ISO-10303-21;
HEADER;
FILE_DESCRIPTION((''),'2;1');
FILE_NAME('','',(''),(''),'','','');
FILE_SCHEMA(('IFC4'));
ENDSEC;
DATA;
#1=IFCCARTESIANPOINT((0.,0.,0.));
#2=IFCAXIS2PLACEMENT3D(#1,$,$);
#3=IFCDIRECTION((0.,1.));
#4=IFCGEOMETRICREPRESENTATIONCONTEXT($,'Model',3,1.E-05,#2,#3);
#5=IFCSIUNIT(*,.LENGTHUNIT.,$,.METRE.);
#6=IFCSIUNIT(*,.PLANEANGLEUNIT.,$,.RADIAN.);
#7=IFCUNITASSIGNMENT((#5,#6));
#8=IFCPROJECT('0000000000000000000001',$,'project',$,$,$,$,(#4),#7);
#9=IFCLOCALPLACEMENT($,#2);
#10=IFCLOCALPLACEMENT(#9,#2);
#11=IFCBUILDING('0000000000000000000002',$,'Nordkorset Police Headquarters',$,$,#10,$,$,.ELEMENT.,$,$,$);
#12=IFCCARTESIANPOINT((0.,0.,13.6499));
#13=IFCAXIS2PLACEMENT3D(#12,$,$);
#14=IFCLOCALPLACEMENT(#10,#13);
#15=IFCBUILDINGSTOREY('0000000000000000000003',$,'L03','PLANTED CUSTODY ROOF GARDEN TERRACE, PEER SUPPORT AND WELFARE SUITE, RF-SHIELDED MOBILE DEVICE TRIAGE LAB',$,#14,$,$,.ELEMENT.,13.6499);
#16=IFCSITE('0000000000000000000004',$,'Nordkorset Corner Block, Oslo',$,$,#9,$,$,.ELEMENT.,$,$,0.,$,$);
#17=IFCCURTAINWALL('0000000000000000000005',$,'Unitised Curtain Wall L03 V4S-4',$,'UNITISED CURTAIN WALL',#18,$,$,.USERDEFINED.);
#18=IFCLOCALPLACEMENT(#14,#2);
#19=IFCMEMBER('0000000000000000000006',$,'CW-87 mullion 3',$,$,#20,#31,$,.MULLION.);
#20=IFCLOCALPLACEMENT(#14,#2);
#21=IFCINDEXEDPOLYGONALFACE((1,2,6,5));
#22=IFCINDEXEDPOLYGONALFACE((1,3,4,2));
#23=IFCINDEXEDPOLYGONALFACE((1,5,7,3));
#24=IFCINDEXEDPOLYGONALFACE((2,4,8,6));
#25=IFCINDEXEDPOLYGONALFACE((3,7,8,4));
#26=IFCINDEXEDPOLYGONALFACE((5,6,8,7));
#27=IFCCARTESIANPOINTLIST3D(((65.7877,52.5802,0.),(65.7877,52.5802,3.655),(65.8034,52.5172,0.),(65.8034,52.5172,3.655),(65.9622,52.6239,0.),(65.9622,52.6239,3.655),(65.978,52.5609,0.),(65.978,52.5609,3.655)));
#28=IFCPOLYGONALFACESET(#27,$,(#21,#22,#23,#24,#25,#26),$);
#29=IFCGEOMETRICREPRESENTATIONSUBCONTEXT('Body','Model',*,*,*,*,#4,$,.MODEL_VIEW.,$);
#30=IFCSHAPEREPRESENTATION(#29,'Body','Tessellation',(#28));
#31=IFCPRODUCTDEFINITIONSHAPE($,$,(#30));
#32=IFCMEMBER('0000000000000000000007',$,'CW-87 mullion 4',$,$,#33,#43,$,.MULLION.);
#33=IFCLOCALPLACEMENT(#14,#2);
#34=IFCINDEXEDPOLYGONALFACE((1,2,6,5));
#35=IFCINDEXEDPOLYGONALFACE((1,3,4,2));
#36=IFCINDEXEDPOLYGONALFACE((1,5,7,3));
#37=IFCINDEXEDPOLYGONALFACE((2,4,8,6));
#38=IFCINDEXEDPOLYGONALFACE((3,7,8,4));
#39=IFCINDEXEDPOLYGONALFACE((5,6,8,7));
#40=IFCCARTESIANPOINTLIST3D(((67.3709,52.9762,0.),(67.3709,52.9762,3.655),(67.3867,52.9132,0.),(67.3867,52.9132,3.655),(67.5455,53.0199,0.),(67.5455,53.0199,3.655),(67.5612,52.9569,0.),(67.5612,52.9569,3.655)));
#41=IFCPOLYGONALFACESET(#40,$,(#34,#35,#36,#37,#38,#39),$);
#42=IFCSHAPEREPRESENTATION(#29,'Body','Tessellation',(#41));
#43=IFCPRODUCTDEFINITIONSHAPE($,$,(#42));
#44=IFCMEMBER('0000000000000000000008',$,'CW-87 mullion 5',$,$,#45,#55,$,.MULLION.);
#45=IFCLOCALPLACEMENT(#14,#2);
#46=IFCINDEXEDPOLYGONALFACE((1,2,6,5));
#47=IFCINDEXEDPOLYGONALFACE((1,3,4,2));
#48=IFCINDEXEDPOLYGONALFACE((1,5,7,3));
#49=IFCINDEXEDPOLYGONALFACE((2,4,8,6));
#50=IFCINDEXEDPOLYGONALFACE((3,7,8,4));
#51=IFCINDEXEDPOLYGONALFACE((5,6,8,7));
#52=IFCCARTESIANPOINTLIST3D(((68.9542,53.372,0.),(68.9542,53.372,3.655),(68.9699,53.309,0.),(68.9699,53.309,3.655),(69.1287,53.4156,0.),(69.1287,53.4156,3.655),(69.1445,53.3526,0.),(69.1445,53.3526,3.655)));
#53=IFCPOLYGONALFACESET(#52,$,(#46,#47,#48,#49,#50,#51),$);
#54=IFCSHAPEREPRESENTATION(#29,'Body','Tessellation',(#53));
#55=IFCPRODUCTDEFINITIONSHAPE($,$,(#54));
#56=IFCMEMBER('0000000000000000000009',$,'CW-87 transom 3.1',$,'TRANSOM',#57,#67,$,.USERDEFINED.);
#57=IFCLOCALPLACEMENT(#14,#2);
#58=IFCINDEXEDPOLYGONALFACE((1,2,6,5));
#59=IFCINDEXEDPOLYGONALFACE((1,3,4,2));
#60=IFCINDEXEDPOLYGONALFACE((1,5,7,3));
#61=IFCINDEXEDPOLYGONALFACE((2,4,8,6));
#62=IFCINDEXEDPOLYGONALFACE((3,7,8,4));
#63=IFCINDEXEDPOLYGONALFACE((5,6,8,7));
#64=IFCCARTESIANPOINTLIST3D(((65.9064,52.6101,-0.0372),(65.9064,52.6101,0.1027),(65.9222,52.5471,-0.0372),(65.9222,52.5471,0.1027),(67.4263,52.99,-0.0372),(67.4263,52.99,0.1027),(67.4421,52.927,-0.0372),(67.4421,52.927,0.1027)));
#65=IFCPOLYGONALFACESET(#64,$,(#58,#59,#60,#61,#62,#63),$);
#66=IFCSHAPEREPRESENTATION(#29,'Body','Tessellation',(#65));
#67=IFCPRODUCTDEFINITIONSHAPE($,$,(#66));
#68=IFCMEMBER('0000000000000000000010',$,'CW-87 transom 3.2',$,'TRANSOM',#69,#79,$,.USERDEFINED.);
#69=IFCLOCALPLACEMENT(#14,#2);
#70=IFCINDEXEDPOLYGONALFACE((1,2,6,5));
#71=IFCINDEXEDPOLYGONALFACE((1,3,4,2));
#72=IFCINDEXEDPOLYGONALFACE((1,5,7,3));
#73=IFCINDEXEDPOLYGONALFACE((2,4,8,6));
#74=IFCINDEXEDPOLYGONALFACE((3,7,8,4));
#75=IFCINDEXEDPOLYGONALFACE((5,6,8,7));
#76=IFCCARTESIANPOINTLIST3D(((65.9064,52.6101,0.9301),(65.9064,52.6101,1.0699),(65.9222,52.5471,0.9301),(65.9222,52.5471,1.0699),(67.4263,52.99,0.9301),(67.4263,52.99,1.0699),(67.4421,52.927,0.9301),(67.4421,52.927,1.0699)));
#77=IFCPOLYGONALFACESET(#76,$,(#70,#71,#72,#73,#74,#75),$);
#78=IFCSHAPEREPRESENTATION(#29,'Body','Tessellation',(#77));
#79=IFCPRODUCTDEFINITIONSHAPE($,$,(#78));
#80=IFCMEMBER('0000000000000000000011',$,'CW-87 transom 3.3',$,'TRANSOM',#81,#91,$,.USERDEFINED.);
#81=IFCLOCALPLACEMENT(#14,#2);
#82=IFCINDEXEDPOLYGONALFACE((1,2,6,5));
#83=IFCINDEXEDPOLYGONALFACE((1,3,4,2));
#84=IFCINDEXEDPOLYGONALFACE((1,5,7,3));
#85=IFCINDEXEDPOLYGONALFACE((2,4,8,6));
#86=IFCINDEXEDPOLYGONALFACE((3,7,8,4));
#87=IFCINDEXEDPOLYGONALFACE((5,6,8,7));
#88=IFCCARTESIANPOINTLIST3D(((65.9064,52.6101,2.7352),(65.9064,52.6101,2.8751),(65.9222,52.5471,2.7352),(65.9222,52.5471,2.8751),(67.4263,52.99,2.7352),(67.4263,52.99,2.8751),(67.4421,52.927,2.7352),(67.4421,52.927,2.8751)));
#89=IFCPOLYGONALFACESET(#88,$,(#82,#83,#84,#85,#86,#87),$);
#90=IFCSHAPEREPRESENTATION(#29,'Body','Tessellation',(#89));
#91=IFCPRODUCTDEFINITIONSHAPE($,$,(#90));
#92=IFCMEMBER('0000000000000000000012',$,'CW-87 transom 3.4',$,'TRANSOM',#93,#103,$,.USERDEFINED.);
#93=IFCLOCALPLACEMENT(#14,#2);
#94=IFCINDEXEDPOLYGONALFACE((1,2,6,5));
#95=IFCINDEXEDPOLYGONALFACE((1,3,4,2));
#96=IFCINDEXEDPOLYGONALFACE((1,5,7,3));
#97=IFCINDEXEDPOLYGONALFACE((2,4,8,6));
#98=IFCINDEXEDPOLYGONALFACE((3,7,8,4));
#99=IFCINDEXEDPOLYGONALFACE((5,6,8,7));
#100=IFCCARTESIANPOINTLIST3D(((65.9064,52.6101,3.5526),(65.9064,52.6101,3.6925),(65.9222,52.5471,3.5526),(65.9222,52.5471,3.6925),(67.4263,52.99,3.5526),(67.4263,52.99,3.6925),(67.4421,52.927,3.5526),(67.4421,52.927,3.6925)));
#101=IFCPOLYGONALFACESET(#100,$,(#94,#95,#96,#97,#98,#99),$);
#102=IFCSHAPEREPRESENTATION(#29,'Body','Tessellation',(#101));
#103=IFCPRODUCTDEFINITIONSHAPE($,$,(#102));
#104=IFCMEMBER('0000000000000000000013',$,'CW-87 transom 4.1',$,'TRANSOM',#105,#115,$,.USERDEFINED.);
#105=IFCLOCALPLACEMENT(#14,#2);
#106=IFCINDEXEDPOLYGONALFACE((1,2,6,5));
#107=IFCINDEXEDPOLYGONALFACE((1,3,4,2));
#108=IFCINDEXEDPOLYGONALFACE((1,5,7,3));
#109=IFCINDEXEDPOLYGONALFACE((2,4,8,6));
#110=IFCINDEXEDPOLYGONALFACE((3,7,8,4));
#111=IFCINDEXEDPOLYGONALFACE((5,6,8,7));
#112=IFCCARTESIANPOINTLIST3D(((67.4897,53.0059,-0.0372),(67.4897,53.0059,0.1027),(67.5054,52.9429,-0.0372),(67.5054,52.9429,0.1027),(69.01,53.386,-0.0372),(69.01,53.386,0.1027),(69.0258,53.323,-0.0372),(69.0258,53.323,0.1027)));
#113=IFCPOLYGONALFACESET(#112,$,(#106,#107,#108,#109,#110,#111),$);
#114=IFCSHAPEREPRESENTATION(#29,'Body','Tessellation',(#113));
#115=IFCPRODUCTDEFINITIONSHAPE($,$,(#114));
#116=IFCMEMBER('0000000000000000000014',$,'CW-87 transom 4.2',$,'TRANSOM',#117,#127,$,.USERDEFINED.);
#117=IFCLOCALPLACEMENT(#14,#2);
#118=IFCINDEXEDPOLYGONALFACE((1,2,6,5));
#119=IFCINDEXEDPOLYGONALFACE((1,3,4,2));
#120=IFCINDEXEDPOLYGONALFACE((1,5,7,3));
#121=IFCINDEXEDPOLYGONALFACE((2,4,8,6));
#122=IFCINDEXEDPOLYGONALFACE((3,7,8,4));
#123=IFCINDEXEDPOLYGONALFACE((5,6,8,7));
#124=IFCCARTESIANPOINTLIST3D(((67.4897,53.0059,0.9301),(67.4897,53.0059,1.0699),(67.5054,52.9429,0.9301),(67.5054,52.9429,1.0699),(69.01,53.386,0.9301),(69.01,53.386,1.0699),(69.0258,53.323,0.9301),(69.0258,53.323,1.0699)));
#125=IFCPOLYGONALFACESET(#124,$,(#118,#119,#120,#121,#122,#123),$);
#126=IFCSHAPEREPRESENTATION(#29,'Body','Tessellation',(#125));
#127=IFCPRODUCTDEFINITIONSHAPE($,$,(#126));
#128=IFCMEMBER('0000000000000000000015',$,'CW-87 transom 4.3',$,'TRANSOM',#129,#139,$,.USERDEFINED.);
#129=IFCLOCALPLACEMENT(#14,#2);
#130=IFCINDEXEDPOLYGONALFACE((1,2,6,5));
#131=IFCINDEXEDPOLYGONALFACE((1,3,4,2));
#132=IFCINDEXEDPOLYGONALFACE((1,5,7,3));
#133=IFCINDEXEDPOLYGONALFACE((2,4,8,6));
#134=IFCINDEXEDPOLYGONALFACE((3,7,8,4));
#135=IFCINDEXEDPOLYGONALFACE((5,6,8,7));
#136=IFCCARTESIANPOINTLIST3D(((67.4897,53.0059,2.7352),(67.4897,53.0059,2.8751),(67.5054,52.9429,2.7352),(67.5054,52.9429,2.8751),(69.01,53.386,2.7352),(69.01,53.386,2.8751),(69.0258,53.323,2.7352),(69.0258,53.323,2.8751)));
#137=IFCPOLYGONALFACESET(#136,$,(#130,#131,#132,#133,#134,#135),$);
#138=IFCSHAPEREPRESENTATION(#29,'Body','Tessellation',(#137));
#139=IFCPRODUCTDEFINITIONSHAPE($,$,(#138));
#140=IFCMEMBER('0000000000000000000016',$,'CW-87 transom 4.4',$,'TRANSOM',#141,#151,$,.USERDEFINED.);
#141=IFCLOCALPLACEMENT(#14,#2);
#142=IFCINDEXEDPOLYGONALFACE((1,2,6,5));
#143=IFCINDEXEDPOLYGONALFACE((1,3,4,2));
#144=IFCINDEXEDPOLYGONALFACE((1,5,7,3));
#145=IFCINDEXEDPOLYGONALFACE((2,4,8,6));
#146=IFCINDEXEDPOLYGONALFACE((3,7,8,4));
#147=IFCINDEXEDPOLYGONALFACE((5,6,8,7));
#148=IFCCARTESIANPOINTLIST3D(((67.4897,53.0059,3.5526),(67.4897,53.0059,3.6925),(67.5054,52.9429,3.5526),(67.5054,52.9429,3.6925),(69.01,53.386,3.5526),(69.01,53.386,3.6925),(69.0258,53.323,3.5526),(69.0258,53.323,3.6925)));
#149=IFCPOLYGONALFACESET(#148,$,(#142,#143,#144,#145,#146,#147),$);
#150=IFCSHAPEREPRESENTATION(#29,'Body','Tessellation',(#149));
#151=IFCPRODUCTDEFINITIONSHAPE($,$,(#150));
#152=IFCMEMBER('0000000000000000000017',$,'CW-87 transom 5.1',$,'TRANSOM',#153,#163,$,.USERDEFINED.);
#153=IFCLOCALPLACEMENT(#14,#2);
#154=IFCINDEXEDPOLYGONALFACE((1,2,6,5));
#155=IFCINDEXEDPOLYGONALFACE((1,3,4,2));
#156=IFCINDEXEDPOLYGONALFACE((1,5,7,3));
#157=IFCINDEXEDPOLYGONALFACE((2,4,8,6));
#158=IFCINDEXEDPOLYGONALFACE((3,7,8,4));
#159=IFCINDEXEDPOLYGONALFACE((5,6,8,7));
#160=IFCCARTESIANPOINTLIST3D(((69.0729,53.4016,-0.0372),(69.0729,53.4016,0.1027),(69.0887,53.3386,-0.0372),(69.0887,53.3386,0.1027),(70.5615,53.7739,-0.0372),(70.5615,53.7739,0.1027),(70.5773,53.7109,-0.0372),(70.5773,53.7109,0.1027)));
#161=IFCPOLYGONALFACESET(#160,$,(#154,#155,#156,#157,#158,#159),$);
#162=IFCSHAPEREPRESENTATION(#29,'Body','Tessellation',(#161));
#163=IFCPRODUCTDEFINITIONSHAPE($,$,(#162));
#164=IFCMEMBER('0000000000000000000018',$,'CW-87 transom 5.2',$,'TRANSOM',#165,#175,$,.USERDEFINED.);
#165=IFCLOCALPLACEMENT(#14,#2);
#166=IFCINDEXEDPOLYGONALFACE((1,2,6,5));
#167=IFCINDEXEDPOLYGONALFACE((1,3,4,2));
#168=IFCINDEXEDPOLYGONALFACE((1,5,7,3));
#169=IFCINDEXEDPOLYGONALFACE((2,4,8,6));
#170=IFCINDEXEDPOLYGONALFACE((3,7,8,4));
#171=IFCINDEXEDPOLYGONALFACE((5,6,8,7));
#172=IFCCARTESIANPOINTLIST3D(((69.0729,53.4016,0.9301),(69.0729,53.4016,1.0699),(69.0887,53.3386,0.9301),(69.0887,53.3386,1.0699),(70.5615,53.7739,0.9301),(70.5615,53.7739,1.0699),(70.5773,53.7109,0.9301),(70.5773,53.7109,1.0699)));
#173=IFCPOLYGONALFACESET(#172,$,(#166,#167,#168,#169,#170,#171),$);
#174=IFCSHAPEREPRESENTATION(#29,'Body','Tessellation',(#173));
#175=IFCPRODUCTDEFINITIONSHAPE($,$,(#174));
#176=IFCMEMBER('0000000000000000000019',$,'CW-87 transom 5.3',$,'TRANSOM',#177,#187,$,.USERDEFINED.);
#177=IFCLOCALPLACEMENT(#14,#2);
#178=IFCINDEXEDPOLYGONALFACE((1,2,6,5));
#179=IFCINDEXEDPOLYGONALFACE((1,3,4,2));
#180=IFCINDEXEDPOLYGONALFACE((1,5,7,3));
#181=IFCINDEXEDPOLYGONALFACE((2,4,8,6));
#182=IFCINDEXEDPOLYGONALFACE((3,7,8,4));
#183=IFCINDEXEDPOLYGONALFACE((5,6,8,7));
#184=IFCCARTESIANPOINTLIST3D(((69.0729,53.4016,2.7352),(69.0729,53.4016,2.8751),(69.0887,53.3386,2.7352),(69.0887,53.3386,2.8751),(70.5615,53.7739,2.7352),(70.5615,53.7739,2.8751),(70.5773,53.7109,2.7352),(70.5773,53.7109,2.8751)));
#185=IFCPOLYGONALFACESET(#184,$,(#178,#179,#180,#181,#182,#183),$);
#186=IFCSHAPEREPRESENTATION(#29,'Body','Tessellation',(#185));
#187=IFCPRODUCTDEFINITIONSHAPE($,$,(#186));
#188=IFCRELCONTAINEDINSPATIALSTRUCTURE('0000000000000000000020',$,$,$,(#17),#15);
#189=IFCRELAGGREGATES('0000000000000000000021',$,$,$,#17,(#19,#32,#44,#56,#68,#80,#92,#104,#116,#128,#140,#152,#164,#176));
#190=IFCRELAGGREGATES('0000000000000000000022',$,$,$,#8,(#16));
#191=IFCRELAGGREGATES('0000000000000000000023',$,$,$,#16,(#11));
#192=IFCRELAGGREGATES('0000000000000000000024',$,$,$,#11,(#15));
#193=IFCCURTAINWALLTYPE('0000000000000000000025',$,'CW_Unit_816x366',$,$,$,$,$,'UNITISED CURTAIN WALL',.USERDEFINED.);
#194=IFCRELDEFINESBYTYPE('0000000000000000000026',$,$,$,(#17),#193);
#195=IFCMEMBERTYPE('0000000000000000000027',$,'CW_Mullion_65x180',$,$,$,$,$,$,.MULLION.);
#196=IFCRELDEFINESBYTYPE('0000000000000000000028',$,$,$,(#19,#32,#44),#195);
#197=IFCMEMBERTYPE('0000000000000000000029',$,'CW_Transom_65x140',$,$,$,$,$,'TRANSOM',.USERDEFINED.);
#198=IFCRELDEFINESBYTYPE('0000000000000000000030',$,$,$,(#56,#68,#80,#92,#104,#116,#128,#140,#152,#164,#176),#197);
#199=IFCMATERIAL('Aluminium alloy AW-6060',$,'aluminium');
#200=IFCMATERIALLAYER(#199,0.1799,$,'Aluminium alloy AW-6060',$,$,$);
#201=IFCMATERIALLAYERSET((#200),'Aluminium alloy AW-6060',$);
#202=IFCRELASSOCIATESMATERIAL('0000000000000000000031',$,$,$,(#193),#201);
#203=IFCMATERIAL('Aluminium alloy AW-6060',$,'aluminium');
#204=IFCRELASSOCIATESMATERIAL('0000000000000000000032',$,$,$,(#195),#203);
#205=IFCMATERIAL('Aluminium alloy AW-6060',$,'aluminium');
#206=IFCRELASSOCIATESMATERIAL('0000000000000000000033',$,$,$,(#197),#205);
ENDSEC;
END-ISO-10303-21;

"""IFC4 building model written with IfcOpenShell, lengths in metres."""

from ifc_helpers import new_model, si_unit, direction, frame, origin, origin_2d, place, context, subcontext, project, spatial, rectangle, extrude, material, layer, layer_set, material_profile, profile_set, type_object, element, aggregate, save


model = new_model("IFC4")

# Units and contexts
model_context = context("Model", 3, precision=1e-05, world=origin(), true_north=direction((0.0, 1.0)))
body_context = subcontext(model_context, "Body", "Model", "MODEL_VIEW")
ifc_project = project(units=[si_unit("LENGTHUNIT", "METRE"), si_unit("PLANEANGLEUNIT", "RADIAN")], contexts=[model_context])

# Site, building, storey
site_placement = place(None, origin())
site = spatial("IfcSite", under=ifc_project, at=site_placement, Name="Nordkorset Corner Block, Oslo", CompositionType="ELEMENT", RefElevation=0.0)
building_placement = place(site_placement, origin())
building = spatial("IfcBuilding", under=site, at=building_placement, Name="Nordkorset Police Headquarters", CompositionType="ELEMENT")
storey_placement = place(building_placement, frame((0.0, 0.0, 13.6499)))
storey = spatial("IfcBuildingStorey", under=building, at=storey_placement, Name="L03", Description="PLANTED CUSTODY ROOF GARDEN TERRACE, PEER SUPPORT AND WELFARE SUITE, RF-SHIELDED MOBILE DEVICE TRIAGE LAB", CompositionType="ELEMENT", Elevation=13.6499)

# Curtain wall, members
ifc_material_1 = material(Name="Aluminium alloy AW-6060", Category="aluminium")
ifc_layer_1 = layer(ifc_material_1, 0.1799, Name="Aluminium alloy AW-6060")
ifc_layer_set_1 = layer_set([ifc_layer_1], Name="Aluminium alloy AW-6060")
curtain_wall_type = type_object("IfcCurtainWallType", Name="CW_Unit_816x366", ElementType="UNITISED CURTAIN WALL", PredefinedType="USERDEFINED", material=ifc_layer_set_1)
curtain_wall_placement = place(storey_placement, origin())
curtain_wall = element("IfcCurtainWall", 1, at=curtain_wall_placement, inside=storey, type_object=curtain_wall_type, Name="Unitised Curtain Wall L03 V4S-4", ObjectType="UNITISED CURTAIN WALL", PredefinedType="USERDEFINED")
ifc_material_2 = material(Name="Aluminium alloy AW-6060", Category="aluminium")
ifc_material_profile_1 = material_profile(ifc_material_2, rectangle(XDim=0.0649, YDim=0.1799, at=origin_2d()), Name="ALU MULL 65x180")
ifc_profile_set_1 = profile_set([ifc_material_profile_1], Name="Aluminium alloy AW-6060")
member_type_1 = type_object("IfcMemberType", Name="CW_Mullion_65x180", PredefinedType="MULLION", material=ifc_profile_set_1)
member_1_placement = place(storey_placement, frame((65.8828, 52.5706, 0.0), z_axis=(0.0, 0.0, 1.0), x_axis=(-0.242536, 0.970143, 0.0)))
member_1 = element("IfcMember", 2, at=member_1_placement, type_object=member_type_1, Name="CW-87 mullion 3", PredefinedType="MULLION", context=body_context, shape_type="SweptSolid", body=[
    extrude(rectangle(XDim=0.0649, YDim=0.1799, at=origin_2d()), origin(), (0.0, 0.0, 1.0), 3.655),
])
member_2_placement = place(storey_placement, frame((67.4661, 52.9666, 0.0), z_axis=(0.0, 0.0, 1.0), x_axis=(-0.242536, 0.970143, 0.0)))
member_2 = element("IfcMember", 3, at=member_2_placement, type_object=member_type_1, Name="CW-87 mullion 4", PredefinedType="MULLION", context=body_context, shape_type="SweptSolid", body=[
    extrude(rectangle(XDim=0.0649, YDim=0.1799, at=origin_2d()), origin(), (0.0, 0.0, 1.0), 3.655),
])
member_3_placement = place(storey_placement, frame((69.0493, 53.3623, 0.0), z_axis=(0.0, 0.0, 1.0), x_axis=(-0.242536, 0.970143, 0.0)))
member_3 = element("IfcMember", 4, at=member_3_placement, type_object=member_type_1, Name="CW-87 mullion 5", PredefinedType="MULLION", context=body_context, shape_type="SweptSolid", body=[
    extrude(rectangle(XDim=0.0649, YDim=0.1799, at=origin_2d()), origin(), (0.0, 0.0, 1.0), 3.655),
])
ifc_material_3 = material(Name="Aluminium alloy AW-6060", Category="aluminium")
ifc_material_profile_2 = material_profile(ifc_material_3, rectangle(XDim=0.0649, YDim=0.1399, at=origin_2d()), Name="ALU TRAN 65x140")
ifc_profile_set_2 = profile_set([ifc_material_profile_2], Name="Aluminium alloy AW-6060")
member_type_2 = type_object("IfcMemberType", Name="CW_Transom_65x140", ElementType="TRANSOM", PredefinedType="USERDEFINED", material=ifc_profile_set_2)
member_4_placement = place(storey_placement, frame((65.9143, 52.5786, 0.0327), z_axis=(0.970161, 0.242462, 0.0), x_axis=(-0.242462, 0.970161, 0.0)))
member_4 = element("IfcMember", 5, at=member_4_placement, type_object=member_type_2, Name="CW-87 transom 3.1", ObjectType="TRANSOM", PredefinedType="USERDEFINED", context=body_context, shape_type="SweptSolid", body=[
    extrude(rectangle(XDim=0.0649, YDim=0.1399, at=origin_2d()), origin(), (0.0, 0.0, 1.0), 1.5667),
])
member_5_placement = place(storey_placement, frame((65.9143, 52.5786, 1.0), z_axis=(0.970161, 0.242462, 0.0), x_axis=(-0.242462, 0.970161, 0.0)))
member_5 = element("IfcMember", 6, at=member_5_placement, type_object=member_type_2, Name="CW-87 transom 3.2", ObjectType="TRANSOM", PredefinedType="USERDEFINED", context=body_context, shape_type="SweptSolid", body=[
    extrude(rectangle(XDim=0.0649, YDim=0.1399, at=origin_2d()), origin(), (0.0, 0.0, 1.0), 1.5667),
])
member_6_placement = place(storey_placement, frame((65.9143, 52.5786, 2.8052), z_axis=(0.970161, 0.242462, 0.0), x_axis=(-0.242462, 0.970161, 0.0)))
member_6 = element("IfcMember", 7, at=member_6_placement, type_object=member_type_2, Name="CW-87 transom 3.3", ObjectType="TRANSOM", PredefinedType="USERDEFINED", context=body_context, shape_type="SweptSolid", body=[
    extrude(rectangle(XDim=0.0649, YDim=0.1399, at=origin_2d()), origin(), (0.0, 0.0, 1.0), 1.5667),
])
member_7_placement = place(storey_placement, frame((65.9143, 52.5786, 3.6226), z_axis=(0.970161, 0.242462, 0.0), x_axis=(-0.242462, 0.970161, 0.0)))
member_7 = element("IfcMember", 8, at=member_7_placement, type_object=member_type_2, Name="CW-87 transom 3.4", ObjectType="TRANSOM", PredefinedType="USERDEFINED", context=body_context, shape_type="SweptSolid", body=[
    extrude(rectangle(XDim=0.0649, YDim=0.1399, at=origin_2d()), origin(), (0.0, 0.0, 1.0), 1.5667),
])
member_8_placement = place(storey_placement, frame((67.4976, 52.9744, 0.0327), z_axis=(0.970133, 0.242572, 0.0), x_axis=(-0.242572, 0.970133, 0.0)))
member_8 = element("IfcMember", 9, at=member_8_placement, type_object=member_type_2, Name="CW-87 transom 4.1", ObjectType="TRANSOM", PredefinedType="USERDEFINED", context=body_context, shape_type="SweptSolid", body=[
    extrude(rectangle(XDim=0.0649, YDim=0.1399, at=origin_2d()), origin(), (0.0, 0.0, 1.0), 1.5671),
])
member_9_placement = place(storey_placement, frame((67.4976, 52.9744, 1.0), z_axis=(0.970133, 0.242572, 0.0), x_axis=(-0.242572, 0.970133, 0.0)))
member_9 = element("IfcMember", 10, at=member_9_placement, type_object=member_type_2, Name="CW-87 transom 4.2", ObjectType="TRANSOM", PredefinedType="USERDEFINED", context=body_context, shape_type="SweptSolid", body=[
    extrude(rectangle(XDim=0.0649, YDim=0.1399, at=origin_2d()), origin(), (0.0, 0.0, 1.0), 1.5671),
])
member_10_placement = place(storey_placement, frame((67.4976, 52.9744, 2.8052), z_axis=(0.970133, 0.242572, 0.0), x_axis=(-0.242572, 0.970133, 0.0)))
member_10 = element("IfcMember", 11, at=member_10_placement, type_object=member_type_2, Name="CW-87 transom 4.3", ObjectType="TRANSOM", PredefinedType="USERDEFINED", context=body_context, shape_type="SweptSolid", body=[
    extrude(rectangle(XDim=0.0649, YDim=0.1399, at=origin_2d()), origin(), (0.0, 0.0, 1.0), 1.5671),
])
member_11_placement = place(storey_placement, frame((67.4976, 52.9744, 3.6226), z_axis=(0.970133, 0.242572, 0.0), x_axis=(-0.242572, 0.970133, 0.0)))
member_11 = element("IfcMember", 12, at=member_11_placement, type_object=member_type_2, Name="CW-87 transom 4.4", ObjectType="TRANSOM", PredefinedType="USERDEFINED", context=body_context, shape_type="SweptSolid", body=[
    extrude(rectangle(XDim=0.0649, YDim=0.1399, at=origin_2d()), origin(), (0.0, 0.0, 1.0), 1.5671),
])
member_12_placement = place(storey_placement, frame((69.0808, 53.3701, 0.0327), z_axis=(0.970114, 0.242648, 0.0), x_axis=(-0.242648, 0.970114, 0.0)))
member_12 = element("IfcMember", 13, at=member_12_placement, type_object=member_type_2, Name="CW-87 transom 5.1", ObjectType="TRANSOM", PredefinedType="USERDEFINED", context=body_context, shape_type="SweptSolid", body=[
    extrude(rectangle(XDim=0.0649, YDim=0.1399, at=origin_2d()), origin(), (0.0, 0.0, 1.0), 1.5344),
])
member_13_placement = place(storey_placement, frame((69.0808, 53.3701, 1.0), z_axis=(0.970114, 0.242648, 0.0), x_axis=(-0.242648, 0.970114, 0.0)))
member_13 = element("IfcMember", 14, at=member_13_placement, type_object=member_type_2, Name="CW-87 transom 5.2", ObjectType="TRANSOM", PredefinedType="USERDEFINED", context=body_context, shape_type="SweptSolid", body=[
    extrude(rectangle(XDim=0.0649, YDim=0.1399, at=origin_2d()), origin(), (0.0, 0.0, 1.0), 1.5344),
])
member_14_placement = place(storey_placement, frame((69.0808, 53.3701, 2.8052), z_axis=(0.970114, 0.242648, 0.0), x_axis=(-0.242648, 0.970114, 0.0)))
member_14 = element("IfcMember", 15, at=member_14_placement, type_object=member_type_2, Name="CW-87 transom 5.3", ObjectType="TRANSOM", PredefinedType="USERDEFINED", context=body_context, shape_type="SweptSolid", body=[
    extrude(rectangle(XDim=0.0649, YDim=0.1399, at=origin_2d()), origin(), (0.0, 0.0, 1.0), 1.5344),
])
aggregate(curtain_wall, [member_1, member_2, member_3, member_4, member_5, member_6, member_7, member_8, member_9, member_10, member_11, member_12, member_13, member_14])

save(model, "model.ifc")
